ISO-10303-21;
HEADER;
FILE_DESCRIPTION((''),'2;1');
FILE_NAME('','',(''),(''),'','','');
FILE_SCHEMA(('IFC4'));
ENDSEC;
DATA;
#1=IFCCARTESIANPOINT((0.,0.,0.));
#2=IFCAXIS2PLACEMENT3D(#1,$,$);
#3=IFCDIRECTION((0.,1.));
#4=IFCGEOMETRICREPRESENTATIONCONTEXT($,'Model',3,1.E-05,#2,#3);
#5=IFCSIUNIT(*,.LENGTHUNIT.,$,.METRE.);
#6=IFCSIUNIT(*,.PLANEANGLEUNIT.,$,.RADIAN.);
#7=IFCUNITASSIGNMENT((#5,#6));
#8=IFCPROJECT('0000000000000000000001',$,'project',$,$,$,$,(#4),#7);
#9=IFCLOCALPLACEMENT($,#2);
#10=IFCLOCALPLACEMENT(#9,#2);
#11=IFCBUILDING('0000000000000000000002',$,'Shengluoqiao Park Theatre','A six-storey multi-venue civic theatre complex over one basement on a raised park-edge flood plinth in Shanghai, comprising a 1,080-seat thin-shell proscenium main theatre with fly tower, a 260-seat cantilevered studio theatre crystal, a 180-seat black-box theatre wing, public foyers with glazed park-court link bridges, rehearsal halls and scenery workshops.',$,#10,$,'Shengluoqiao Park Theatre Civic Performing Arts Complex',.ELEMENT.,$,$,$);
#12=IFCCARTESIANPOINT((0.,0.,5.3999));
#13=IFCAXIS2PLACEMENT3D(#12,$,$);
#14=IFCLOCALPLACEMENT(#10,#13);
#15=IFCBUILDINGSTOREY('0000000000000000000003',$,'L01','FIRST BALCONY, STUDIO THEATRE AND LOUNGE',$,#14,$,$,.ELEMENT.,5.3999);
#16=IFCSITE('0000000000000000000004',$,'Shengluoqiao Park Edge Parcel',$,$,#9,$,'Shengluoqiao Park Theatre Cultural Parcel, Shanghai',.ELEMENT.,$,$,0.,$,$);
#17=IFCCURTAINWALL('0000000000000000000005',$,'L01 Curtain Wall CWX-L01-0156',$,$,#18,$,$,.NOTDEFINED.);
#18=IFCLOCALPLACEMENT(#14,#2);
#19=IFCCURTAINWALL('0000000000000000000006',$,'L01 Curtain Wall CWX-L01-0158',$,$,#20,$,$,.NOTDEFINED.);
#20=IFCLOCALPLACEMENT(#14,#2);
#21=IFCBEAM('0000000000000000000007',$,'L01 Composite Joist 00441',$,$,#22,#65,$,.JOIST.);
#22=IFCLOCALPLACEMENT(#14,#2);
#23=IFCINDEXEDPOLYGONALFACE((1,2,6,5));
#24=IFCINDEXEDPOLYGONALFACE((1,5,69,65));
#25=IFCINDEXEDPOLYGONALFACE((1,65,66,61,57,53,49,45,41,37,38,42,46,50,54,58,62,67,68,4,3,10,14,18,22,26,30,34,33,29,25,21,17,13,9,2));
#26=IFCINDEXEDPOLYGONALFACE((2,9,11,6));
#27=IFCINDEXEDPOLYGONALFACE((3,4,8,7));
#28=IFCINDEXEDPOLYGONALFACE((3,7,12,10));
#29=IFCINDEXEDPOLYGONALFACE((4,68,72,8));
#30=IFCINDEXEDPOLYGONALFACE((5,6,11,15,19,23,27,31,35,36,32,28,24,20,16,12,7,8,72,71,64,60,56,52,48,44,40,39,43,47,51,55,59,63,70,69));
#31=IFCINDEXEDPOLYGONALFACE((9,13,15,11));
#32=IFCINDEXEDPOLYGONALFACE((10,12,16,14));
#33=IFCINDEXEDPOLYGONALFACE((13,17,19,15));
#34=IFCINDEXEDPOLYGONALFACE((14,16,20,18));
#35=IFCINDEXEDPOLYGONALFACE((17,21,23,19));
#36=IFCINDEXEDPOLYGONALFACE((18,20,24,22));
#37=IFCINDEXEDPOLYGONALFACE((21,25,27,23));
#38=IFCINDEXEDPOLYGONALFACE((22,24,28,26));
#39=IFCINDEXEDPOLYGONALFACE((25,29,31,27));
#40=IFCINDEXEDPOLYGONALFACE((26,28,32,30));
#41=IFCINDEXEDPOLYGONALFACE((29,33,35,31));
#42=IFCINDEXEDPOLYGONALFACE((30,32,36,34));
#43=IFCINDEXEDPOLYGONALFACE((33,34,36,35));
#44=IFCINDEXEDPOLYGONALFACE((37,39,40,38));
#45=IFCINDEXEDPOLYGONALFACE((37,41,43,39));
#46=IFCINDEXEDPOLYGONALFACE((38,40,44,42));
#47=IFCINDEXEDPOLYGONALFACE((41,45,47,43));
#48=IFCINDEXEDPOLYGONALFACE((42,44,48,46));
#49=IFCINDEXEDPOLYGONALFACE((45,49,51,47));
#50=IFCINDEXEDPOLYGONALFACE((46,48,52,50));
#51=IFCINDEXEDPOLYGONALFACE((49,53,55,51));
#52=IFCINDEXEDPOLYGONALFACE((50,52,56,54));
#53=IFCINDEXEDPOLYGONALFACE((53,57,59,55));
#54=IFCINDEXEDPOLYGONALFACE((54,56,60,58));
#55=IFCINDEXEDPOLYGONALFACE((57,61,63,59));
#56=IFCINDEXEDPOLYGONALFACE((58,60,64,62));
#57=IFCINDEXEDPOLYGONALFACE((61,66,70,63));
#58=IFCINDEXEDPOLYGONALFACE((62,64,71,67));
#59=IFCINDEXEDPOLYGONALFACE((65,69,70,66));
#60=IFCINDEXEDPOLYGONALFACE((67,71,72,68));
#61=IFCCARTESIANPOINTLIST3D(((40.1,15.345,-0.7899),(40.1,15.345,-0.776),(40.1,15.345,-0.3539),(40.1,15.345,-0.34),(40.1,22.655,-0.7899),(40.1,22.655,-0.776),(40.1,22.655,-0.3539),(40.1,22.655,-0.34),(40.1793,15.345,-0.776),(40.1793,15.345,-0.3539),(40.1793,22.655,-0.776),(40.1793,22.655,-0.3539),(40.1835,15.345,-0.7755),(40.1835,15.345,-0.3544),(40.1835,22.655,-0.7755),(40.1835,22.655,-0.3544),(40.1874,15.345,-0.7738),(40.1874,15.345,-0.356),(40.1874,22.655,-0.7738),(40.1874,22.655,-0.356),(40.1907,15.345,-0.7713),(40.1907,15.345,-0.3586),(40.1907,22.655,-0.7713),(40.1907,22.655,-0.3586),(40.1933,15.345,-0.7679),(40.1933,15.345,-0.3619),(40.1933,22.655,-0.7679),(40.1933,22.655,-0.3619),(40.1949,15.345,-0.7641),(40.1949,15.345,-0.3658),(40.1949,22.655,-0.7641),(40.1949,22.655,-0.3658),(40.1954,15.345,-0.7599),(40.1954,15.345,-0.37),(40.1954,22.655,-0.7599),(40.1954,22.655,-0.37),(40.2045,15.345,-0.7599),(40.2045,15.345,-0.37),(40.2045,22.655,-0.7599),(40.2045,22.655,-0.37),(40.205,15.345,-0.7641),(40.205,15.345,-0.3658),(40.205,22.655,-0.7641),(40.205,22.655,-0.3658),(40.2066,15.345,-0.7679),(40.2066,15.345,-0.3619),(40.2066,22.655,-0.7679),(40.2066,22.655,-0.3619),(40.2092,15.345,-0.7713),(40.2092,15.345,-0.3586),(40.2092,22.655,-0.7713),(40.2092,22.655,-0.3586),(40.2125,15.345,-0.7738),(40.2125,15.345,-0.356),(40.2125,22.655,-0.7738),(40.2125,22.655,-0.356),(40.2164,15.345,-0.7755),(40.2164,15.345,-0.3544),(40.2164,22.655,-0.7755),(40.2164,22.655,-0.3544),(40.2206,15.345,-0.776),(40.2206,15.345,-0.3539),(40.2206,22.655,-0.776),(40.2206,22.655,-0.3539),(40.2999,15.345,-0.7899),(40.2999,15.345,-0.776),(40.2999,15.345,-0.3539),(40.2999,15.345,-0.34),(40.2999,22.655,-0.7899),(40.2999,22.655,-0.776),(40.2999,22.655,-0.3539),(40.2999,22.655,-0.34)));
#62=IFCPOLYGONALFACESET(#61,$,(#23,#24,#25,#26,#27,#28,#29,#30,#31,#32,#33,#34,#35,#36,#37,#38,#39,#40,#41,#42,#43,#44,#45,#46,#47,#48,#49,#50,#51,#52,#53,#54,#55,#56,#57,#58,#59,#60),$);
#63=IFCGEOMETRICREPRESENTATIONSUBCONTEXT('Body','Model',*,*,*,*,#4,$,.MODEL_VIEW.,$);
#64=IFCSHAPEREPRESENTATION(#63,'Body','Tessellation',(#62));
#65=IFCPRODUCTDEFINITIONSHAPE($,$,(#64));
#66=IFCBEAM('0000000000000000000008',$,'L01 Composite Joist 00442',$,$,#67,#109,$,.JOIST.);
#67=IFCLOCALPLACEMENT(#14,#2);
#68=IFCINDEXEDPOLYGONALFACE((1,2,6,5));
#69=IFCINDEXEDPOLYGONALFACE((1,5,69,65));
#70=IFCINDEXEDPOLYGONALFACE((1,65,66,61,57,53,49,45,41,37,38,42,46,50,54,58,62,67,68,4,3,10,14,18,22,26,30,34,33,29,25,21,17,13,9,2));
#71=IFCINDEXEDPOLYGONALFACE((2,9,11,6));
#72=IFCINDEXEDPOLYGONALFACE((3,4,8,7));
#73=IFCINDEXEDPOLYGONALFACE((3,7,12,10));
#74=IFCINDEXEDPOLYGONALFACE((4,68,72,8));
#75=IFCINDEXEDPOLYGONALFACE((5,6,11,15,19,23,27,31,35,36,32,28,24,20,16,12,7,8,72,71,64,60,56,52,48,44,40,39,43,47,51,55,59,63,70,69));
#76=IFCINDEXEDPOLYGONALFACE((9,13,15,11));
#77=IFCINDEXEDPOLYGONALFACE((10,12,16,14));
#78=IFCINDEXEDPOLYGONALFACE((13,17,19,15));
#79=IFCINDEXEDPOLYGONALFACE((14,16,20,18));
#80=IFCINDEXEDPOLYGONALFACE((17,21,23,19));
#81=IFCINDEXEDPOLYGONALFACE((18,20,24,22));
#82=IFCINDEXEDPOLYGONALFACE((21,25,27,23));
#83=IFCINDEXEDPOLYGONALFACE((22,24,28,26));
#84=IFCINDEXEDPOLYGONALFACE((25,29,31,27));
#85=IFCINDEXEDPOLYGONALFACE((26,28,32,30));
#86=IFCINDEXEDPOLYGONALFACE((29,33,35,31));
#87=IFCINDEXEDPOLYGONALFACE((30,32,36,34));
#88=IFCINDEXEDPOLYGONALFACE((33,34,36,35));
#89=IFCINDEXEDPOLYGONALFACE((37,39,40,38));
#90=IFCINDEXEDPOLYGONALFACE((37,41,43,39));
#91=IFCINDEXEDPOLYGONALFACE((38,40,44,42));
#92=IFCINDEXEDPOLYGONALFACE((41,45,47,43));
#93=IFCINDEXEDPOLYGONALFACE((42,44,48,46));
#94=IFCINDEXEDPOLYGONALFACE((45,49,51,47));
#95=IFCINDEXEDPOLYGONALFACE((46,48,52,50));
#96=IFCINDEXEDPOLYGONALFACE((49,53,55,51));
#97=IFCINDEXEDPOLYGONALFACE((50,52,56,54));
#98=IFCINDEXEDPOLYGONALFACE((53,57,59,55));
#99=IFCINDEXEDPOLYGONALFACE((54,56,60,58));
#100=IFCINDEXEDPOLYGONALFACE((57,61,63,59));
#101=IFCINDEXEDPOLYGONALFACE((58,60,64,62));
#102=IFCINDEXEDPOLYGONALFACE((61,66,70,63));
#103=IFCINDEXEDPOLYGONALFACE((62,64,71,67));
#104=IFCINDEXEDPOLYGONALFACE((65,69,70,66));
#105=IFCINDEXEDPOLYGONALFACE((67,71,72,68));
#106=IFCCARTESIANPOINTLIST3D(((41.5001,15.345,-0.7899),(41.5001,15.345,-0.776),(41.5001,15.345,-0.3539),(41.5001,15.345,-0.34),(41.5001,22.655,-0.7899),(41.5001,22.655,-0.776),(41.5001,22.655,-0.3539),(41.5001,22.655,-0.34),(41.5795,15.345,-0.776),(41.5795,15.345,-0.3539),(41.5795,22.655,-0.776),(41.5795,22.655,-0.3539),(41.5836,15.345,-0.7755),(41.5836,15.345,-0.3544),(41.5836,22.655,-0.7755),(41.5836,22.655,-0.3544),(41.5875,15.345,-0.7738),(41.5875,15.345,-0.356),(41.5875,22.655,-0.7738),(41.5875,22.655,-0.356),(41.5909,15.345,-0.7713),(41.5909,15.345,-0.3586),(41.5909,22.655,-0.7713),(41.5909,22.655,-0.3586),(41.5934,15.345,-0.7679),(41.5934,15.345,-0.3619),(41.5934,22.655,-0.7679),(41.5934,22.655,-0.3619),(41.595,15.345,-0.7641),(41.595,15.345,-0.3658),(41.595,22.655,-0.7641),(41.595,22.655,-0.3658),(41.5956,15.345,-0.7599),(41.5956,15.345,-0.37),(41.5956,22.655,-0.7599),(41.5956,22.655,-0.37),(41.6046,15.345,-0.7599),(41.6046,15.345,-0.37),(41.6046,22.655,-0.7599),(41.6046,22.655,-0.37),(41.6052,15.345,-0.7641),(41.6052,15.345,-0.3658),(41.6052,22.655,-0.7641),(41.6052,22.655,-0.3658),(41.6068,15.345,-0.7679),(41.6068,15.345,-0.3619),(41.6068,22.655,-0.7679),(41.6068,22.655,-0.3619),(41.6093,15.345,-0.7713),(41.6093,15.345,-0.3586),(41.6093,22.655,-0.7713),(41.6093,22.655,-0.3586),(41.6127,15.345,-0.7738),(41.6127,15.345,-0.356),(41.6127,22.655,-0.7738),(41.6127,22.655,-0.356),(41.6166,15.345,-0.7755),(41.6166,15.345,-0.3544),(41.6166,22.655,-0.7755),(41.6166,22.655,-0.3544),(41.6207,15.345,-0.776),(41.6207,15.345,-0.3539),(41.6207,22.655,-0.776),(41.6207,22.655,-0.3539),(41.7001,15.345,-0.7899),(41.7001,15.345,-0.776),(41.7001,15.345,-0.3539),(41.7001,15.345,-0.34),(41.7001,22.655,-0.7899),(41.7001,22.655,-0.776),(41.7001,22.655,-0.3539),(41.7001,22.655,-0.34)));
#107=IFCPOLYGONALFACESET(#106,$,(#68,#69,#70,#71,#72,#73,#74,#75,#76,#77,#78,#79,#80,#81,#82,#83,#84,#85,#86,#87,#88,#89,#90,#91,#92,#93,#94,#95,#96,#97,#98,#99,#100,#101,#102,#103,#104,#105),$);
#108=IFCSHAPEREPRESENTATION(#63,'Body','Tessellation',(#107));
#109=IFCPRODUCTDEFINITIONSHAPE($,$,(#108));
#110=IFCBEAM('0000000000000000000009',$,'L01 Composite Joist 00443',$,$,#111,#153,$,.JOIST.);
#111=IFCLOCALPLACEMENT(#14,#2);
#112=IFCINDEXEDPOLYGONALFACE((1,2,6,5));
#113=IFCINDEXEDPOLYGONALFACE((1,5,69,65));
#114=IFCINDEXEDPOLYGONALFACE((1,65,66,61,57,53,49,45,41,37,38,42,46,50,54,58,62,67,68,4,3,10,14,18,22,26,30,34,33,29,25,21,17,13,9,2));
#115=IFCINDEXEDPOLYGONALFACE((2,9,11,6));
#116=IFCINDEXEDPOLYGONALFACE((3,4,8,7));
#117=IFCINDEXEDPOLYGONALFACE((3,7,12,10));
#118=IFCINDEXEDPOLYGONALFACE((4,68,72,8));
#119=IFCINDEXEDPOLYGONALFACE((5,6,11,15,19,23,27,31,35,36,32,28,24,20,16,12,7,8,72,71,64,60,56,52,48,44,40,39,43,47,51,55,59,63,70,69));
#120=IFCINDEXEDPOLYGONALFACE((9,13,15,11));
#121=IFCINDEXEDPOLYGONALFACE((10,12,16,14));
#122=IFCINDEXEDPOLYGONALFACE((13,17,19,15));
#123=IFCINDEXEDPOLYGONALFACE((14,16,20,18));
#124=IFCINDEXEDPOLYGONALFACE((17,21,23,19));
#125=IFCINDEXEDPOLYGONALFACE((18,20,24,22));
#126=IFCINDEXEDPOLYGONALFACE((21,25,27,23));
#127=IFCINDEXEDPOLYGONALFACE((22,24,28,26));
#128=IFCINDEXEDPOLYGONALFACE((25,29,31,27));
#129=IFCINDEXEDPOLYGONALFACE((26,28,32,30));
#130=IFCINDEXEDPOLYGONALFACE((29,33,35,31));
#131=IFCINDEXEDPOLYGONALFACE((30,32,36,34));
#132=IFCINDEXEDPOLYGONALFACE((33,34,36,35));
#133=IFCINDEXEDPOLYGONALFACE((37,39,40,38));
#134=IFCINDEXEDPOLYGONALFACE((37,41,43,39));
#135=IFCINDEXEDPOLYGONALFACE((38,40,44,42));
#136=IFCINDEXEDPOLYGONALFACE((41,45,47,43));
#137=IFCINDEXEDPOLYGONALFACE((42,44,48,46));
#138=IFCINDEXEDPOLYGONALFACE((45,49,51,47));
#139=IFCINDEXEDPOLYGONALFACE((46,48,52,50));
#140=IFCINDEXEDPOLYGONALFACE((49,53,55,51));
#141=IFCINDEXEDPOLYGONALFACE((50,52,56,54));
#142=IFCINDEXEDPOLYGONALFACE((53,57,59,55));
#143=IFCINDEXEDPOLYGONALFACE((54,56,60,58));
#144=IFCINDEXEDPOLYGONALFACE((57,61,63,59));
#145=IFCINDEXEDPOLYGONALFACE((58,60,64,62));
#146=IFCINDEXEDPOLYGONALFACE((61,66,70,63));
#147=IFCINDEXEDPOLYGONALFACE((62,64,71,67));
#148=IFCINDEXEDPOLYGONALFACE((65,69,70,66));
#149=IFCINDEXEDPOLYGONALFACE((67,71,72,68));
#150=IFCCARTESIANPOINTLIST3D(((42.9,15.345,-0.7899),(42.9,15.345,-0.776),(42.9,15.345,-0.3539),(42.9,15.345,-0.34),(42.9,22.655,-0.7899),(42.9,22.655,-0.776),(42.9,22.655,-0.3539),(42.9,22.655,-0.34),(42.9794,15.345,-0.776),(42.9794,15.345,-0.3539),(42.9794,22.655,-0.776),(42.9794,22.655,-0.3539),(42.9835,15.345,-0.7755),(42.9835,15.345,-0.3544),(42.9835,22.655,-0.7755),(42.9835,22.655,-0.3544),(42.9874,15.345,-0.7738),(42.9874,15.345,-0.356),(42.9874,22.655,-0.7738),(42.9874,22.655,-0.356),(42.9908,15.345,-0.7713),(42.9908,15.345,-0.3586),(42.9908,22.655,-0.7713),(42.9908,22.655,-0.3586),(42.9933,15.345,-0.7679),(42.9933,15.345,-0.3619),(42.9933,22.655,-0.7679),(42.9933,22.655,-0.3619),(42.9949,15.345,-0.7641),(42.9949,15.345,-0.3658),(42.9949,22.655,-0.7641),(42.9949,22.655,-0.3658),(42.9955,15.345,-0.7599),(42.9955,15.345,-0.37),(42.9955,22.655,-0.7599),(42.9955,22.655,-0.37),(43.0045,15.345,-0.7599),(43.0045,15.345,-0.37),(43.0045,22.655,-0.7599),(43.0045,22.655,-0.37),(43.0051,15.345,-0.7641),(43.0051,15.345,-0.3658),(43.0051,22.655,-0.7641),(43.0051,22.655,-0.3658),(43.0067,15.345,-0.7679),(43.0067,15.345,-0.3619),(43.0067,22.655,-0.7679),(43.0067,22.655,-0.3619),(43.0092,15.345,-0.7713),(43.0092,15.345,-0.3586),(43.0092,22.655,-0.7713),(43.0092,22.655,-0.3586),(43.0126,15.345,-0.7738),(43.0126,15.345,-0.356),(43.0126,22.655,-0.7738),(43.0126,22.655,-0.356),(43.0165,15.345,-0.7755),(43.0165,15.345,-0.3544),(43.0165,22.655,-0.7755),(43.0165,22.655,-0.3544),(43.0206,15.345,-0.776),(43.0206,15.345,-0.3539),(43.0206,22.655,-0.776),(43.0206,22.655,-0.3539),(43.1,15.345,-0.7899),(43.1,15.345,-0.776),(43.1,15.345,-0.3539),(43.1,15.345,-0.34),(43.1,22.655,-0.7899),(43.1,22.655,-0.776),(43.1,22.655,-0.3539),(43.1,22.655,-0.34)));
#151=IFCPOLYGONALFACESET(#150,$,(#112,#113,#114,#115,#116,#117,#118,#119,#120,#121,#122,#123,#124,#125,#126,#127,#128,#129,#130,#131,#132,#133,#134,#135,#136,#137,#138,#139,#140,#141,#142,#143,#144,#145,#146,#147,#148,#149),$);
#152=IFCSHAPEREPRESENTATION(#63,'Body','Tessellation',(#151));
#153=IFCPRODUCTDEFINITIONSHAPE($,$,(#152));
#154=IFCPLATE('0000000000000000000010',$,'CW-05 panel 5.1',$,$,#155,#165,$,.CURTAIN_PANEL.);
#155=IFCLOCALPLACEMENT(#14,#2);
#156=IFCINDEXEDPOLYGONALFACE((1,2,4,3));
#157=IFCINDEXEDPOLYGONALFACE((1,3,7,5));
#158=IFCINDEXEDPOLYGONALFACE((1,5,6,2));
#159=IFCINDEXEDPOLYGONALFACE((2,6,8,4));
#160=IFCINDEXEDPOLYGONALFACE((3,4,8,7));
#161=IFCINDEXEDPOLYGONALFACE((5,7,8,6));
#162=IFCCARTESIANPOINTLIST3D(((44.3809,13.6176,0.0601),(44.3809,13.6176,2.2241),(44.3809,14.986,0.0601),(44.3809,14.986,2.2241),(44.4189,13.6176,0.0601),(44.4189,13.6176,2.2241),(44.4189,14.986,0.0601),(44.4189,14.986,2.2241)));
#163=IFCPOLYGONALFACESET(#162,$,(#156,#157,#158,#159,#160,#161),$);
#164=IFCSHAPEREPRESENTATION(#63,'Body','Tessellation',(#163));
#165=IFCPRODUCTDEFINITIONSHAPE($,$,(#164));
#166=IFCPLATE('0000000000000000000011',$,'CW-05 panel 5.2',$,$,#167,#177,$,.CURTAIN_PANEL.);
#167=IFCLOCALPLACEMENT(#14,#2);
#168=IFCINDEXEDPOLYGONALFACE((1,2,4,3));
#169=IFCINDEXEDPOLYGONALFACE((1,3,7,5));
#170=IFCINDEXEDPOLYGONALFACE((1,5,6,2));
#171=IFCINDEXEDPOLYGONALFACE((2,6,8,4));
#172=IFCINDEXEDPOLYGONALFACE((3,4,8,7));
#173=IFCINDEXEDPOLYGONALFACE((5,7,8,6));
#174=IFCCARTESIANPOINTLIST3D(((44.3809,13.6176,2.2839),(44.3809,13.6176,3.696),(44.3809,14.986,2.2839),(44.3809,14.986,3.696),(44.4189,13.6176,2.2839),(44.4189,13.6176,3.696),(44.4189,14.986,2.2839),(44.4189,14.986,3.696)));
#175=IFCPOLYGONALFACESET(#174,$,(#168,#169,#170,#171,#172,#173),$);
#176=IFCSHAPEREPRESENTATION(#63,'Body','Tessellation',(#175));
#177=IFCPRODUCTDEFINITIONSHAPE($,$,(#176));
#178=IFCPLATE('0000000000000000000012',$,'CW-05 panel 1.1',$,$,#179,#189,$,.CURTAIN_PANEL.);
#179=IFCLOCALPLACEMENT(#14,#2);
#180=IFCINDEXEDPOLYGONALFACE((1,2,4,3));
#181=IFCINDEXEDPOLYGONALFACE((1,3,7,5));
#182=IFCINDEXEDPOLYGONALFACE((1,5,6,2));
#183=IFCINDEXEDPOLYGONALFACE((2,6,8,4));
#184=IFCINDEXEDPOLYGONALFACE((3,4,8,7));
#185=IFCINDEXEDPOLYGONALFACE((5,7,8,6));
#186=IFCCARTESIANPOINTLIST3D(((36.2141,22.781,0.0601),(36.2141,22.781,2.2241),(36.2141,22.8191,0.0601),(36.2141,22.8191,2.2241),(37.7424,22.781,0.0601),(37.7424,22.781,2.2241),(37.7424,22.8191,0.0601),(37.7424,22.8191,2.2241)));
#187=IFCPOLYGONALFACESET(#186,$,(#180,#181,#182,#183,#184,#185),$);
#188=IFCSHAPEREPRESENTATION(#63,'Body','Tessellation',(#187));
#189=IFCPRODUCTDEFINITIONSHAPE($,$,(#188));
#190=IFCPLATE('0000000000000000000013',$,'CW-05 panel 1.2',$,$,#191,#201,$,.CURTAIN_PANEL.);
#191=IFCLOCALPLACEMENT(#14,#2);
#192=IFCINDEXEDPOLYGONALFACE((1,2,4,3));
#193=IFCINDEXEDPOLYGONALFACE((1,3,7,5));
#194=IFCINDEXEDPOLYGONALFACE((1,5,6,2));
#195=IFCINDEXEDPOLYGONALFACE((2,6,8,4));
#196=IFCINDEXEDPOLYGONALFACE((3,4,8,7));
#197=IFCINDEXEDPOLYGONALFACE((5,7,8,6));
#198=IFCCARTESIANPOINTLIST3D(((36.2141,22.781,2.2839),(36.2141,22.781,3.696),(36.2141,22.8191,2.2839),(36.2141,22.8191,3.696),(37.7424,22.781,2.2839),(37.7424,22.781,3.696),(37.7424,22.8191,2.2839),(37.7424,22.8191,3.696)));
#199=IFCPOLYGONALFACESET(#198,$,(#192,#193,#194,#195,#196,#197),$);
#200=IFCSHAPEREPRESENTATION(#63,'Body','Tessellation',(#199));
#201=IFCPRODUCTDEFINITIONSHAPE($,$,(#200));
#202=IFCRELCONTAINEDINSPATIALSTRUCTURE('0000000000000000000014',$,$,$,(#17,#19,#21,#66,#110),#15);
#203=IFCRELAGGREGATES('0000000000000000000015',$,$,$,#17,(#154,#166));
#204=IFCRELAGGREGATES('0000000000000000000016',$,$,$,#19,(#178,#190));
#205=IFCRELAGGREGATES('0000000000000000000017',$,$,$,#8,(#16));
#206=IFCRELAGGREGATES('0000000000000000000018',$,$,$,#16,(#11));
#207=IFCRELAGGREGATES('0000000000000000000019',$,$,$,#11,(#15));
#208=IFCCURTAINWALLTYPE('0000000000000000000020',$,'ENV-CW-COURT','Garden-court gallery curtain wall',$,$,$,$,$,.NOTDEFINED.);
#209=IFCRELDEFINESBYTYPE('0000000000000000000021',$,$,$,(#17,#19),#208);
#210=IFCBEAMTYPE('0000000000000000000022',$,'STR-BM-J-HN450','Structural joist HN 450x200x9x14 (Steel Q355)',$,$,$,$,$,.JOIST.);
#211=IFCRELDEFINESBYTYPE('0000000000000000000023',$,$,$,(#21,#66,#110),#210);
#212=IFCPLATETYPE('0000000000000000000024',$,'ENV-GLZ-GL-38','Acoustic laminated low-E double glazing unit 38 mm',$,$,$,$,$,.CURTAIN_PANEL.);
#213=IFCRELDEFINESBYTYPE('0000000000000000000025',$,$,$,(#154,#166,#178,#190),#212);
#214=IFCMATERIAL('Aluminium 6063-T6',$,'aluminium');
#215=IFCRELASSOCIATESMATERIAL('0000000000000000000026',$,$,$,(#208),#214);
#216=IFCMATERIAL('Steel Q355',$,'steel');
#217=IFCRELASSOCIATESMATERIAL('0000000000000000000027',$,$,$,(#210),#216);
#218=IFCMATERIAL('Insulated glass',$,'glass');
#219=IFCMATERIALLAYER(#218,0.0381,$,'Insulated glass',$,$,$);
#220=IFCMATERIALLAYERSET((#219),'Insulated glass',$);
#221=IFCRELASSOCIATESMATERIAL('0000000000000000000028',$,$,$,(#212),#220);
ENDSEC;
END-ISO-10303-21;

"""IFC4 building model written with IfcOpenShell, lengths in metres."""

from ifc_helpers import new_model, si_unit, direction, frame, origin, origin_2d, place, context, subcontext, project, spatial, rectangle, i_section, extrude, material, layer, layer_set, material_profile, profile_set, type_object, element, aggregate, save


model = new_model("IFC4")

# Units and contexts
model_context = context("Model", 3, precision=1e-05, world=origin(), true_north=direction((0.0, 1.0)))
body_context = subcontext(model_context, "Body", "Model", "MODEL_VIEW")
ifc_project = project(units=[si_unit("LENGTHUNIT", "METRE"), si_unit("PLANEANGLEUNIT", "RADIAN")], contexts=[model_context])

# Site, building, storey
site_placement = place(None, origin())
site = spatial("IfcSite", under=ifc_project, at=site_placement, Name="Shengluoqiao Park Edge Parcel", LongName="Shengluoqiao Park Theatre Cultural Parcel, Shanghai", CompositionType="ELEMENT", RefElevation=0.0)
building_placement = place(site_placement, origin())
building = spatial("IfcBuilding", under=site, at=building_placement, Name="Shengluoqiao Park Theatre", Description="A six-storey multi-venue civic theatre complex over one basement on a raised park-edge flood plinth in Shanghai, comprising a 1,080-seat thin-shell proscenium main theatre with fly tower, a 260-seat cantilevered studio theatre crystal, a 180-seat black-box theatre wing, public foyers with glazed park-court link bridges, rehearsal halls and scenery workshops.", LongName="Shengluoqiao Park Theatre Civic Performing Arts Complex", CompositionType="ELEMENT")
storey_placement = place(building_placement, frame((0.0, 0.0, 5.3999)))
storey = spatial("IfcBuildingStorey", under=building, at=storey_placement, Name="L01", Description="FIRST BALCONY, STUDIO THEATRE AND LOUNGE", CompositionType="ELEMENT", Elevation=5.3999)

# Shared definitions
ifc_material_1 = material(Name="Steel Q355", Category="steel")

# Curtain wall
ifc_material_2 = material(Name="Aluminium 6063-T6", Category="aluminium")
curtain_wall_type = type_object("IfcCurtainWallType", Name="ENV-CW-COURT", Description="Garden-court gallery curtain wall", PredefinedType="NOTDEFINED", material=ifc_material_2)
curtain_wall_1_placement = place(storey_placement, origin())
curtain_wall_1 = element("IfcCurtainWall", 1, at=curtain_wall_1_placement, inside=storey, type_object=curtain_wall_type, Name="L01 Curtain Wall CWX-L01-0156", PredefinedType="NOTDEFINED")

# Curtain wall
curtain_wall_2_placement = place(storey_placement, origin())
curtain_wall_2 = element("IfcCurtainWall", 2, at=curtain_wall_2_placement, inside=storey, type_object=curtain_wall_type, Name="L01 Curtain Wall CWX-L01-0158", PredefinedType="NOTDEFINED")

# Beams
ifc_material_profile_1 = material_profile(ifc_material_1, i_section(OverallWidth=0.2, OverallDepth=0.45, WebThickness=0.009, FlangeThickness=0.0139, FilletRadius=0.0161, at=origin_2d()), Name="HN 450x200x9x14")
ifc_profile_set_1 = profile_set([ifc_material_profile_1], Name="Steel Q355")
beam_type_1 = type_object("IfcBeamType", Name="STR-BM-J-HN450", Description="Structural joist HN 450x200x9x14 (Steel Q355)", PredefinedType="JOIST", material=ifc_profile_set_1)
for number, where, z_axis, x_axis, name in (
    (3, (40.2, 15.345, -0.5649), (0.0, 1.0, 0.0), (-1.0, 0.0, 0.0), "L01 Composite Joist 00441"),
    (4, (41.6001, 15.345, -0.5649), (0.0, 1.0, 0.0), (-1.0, 0.0, 0.0), "L01 Composite Joist 00442"),
    (5, (43.0, 15.345, -0.5649), (0.0, 1.0, 0.0), (-1.0, 0.0, 0.0), "L01 Composite Joist 00443"),
):
    element("IfcBeam", number, at=place(storey_placement, frame(where, z_axis=z_axis, x_axis=x_axis)), inside=storey, type_object=beam_type_1, Name=name, PredefinedType="JOIST", context=body_context, shape_type="SweptSolid", body=[
        extrude(i_section(OverallWidth=0.2, OverallDepth=0.45, WebThickness=0.009, FlangeThickness=0.0139, FilletRadius=0.0161, at=origin_2d()), origin(), (0.0, 0.0, 1.0), 7.3101),
    ])

# Plates
ifc_material_3 = material(Name="Insulated glass", Category="glass")
ifc_layer = layer(ifc_material_3, 0.0381, Name="Insulated glass")
ifc_layer_set = layer_set([ifc_layer], Name="Insulated glass")
plate_type = type_object("IfcPlateType", Name="ENV-GLZ-GL-38", Description="Acoustic laminated low-E double glazing unit 38 mm", PredefinedType="CURTAIN_PANEL", material=ifc_layer_set)
plate_1_placement = place(storey_placement, frame((44.3999, 14.3018, 0.0601), z_axis=(0.0, 0.0, 1.0), x_axis=(0.0, 1.0, 0.0)))
plate_1 = element("IfcPlate", 6, at=plate_1_placement, type_object=plate_type, Name="CW-05 panel 5.1", PredefinedType="CURTAIN_PANEL", context=body_context, shape_type="SweptSolid", body=[
    extrude(rectangle(XDim=1.3684, YDim=0.0381, at=origin_2d()), origin(), (0.0, 0.0, 1.0), 2.1641),
])
plate_2_placement = place(storey_placement, frame((44.3999, 14.3018, 2.2839), z_axis=(0.0, 0.0, 1.0), x_axis=(0.0, 1.0, 0.0)))
plate_2 = element("IfcPlate", 7, at=plate_2_placement, type_object=plate_type, Name="CW-05 panel 5.2", PredefinedType="CURTAIN_PANEL", context=body_context, shape_type="SweptSolid", body=[
    extrude(rectangle(XDim=1.3684, YDim=0.0381, at=origin_2d()), origin(), (0.0, 0.0, 1.0), 1.4121),
])
aggregate(curtain_wall_1, [plate_1, plate_2])
plate_3_placement = place(storey_placement, frame((36.9783, 22.8, 0.0601), z_axis=(0.0, 0.0, 1.0), x_axis=(1.0, 0.0, 0.0)))
plate_3 = element("IfcPlate", 8, at=plate_3_placement, type_object=plate_type, Name="CW-05 panel 1.1", PredefinedType="CURTAIN_PANEL", context=body_context, shape_type="SweptSolid", body=[
    extrude(rectangle(XDim=1.5283, YDim=0.0381, at=origin_2d()), origin(), (0.0, 0.0, 1.0), 2.1641),
])
plate_4_placement = place(storey_placement, frame((36.9783, 22.8, 2.2839), z_axis=(0.0, 0.0, 1.0), x_axis=(1.0, 0.0, 0.0)))
plate_4 = element("IfcPlate", 9, at=plate_4_placement, type_object=plate_type, Name="CW-05 panel 1.2", PredefinedType="CURTAIN_PANEL", context=body_context, shape_type="SweptSolid", body=[
    extrude(rectangle(XDim=1.5283, YDim=0.0381, at=origin_2d()), origin(), (0.0, 0.0, 1.0), 1.4121),
])
aggregate(curtain_wall_2, [plate_3, plate_4])

save(model, "model.ifc")
